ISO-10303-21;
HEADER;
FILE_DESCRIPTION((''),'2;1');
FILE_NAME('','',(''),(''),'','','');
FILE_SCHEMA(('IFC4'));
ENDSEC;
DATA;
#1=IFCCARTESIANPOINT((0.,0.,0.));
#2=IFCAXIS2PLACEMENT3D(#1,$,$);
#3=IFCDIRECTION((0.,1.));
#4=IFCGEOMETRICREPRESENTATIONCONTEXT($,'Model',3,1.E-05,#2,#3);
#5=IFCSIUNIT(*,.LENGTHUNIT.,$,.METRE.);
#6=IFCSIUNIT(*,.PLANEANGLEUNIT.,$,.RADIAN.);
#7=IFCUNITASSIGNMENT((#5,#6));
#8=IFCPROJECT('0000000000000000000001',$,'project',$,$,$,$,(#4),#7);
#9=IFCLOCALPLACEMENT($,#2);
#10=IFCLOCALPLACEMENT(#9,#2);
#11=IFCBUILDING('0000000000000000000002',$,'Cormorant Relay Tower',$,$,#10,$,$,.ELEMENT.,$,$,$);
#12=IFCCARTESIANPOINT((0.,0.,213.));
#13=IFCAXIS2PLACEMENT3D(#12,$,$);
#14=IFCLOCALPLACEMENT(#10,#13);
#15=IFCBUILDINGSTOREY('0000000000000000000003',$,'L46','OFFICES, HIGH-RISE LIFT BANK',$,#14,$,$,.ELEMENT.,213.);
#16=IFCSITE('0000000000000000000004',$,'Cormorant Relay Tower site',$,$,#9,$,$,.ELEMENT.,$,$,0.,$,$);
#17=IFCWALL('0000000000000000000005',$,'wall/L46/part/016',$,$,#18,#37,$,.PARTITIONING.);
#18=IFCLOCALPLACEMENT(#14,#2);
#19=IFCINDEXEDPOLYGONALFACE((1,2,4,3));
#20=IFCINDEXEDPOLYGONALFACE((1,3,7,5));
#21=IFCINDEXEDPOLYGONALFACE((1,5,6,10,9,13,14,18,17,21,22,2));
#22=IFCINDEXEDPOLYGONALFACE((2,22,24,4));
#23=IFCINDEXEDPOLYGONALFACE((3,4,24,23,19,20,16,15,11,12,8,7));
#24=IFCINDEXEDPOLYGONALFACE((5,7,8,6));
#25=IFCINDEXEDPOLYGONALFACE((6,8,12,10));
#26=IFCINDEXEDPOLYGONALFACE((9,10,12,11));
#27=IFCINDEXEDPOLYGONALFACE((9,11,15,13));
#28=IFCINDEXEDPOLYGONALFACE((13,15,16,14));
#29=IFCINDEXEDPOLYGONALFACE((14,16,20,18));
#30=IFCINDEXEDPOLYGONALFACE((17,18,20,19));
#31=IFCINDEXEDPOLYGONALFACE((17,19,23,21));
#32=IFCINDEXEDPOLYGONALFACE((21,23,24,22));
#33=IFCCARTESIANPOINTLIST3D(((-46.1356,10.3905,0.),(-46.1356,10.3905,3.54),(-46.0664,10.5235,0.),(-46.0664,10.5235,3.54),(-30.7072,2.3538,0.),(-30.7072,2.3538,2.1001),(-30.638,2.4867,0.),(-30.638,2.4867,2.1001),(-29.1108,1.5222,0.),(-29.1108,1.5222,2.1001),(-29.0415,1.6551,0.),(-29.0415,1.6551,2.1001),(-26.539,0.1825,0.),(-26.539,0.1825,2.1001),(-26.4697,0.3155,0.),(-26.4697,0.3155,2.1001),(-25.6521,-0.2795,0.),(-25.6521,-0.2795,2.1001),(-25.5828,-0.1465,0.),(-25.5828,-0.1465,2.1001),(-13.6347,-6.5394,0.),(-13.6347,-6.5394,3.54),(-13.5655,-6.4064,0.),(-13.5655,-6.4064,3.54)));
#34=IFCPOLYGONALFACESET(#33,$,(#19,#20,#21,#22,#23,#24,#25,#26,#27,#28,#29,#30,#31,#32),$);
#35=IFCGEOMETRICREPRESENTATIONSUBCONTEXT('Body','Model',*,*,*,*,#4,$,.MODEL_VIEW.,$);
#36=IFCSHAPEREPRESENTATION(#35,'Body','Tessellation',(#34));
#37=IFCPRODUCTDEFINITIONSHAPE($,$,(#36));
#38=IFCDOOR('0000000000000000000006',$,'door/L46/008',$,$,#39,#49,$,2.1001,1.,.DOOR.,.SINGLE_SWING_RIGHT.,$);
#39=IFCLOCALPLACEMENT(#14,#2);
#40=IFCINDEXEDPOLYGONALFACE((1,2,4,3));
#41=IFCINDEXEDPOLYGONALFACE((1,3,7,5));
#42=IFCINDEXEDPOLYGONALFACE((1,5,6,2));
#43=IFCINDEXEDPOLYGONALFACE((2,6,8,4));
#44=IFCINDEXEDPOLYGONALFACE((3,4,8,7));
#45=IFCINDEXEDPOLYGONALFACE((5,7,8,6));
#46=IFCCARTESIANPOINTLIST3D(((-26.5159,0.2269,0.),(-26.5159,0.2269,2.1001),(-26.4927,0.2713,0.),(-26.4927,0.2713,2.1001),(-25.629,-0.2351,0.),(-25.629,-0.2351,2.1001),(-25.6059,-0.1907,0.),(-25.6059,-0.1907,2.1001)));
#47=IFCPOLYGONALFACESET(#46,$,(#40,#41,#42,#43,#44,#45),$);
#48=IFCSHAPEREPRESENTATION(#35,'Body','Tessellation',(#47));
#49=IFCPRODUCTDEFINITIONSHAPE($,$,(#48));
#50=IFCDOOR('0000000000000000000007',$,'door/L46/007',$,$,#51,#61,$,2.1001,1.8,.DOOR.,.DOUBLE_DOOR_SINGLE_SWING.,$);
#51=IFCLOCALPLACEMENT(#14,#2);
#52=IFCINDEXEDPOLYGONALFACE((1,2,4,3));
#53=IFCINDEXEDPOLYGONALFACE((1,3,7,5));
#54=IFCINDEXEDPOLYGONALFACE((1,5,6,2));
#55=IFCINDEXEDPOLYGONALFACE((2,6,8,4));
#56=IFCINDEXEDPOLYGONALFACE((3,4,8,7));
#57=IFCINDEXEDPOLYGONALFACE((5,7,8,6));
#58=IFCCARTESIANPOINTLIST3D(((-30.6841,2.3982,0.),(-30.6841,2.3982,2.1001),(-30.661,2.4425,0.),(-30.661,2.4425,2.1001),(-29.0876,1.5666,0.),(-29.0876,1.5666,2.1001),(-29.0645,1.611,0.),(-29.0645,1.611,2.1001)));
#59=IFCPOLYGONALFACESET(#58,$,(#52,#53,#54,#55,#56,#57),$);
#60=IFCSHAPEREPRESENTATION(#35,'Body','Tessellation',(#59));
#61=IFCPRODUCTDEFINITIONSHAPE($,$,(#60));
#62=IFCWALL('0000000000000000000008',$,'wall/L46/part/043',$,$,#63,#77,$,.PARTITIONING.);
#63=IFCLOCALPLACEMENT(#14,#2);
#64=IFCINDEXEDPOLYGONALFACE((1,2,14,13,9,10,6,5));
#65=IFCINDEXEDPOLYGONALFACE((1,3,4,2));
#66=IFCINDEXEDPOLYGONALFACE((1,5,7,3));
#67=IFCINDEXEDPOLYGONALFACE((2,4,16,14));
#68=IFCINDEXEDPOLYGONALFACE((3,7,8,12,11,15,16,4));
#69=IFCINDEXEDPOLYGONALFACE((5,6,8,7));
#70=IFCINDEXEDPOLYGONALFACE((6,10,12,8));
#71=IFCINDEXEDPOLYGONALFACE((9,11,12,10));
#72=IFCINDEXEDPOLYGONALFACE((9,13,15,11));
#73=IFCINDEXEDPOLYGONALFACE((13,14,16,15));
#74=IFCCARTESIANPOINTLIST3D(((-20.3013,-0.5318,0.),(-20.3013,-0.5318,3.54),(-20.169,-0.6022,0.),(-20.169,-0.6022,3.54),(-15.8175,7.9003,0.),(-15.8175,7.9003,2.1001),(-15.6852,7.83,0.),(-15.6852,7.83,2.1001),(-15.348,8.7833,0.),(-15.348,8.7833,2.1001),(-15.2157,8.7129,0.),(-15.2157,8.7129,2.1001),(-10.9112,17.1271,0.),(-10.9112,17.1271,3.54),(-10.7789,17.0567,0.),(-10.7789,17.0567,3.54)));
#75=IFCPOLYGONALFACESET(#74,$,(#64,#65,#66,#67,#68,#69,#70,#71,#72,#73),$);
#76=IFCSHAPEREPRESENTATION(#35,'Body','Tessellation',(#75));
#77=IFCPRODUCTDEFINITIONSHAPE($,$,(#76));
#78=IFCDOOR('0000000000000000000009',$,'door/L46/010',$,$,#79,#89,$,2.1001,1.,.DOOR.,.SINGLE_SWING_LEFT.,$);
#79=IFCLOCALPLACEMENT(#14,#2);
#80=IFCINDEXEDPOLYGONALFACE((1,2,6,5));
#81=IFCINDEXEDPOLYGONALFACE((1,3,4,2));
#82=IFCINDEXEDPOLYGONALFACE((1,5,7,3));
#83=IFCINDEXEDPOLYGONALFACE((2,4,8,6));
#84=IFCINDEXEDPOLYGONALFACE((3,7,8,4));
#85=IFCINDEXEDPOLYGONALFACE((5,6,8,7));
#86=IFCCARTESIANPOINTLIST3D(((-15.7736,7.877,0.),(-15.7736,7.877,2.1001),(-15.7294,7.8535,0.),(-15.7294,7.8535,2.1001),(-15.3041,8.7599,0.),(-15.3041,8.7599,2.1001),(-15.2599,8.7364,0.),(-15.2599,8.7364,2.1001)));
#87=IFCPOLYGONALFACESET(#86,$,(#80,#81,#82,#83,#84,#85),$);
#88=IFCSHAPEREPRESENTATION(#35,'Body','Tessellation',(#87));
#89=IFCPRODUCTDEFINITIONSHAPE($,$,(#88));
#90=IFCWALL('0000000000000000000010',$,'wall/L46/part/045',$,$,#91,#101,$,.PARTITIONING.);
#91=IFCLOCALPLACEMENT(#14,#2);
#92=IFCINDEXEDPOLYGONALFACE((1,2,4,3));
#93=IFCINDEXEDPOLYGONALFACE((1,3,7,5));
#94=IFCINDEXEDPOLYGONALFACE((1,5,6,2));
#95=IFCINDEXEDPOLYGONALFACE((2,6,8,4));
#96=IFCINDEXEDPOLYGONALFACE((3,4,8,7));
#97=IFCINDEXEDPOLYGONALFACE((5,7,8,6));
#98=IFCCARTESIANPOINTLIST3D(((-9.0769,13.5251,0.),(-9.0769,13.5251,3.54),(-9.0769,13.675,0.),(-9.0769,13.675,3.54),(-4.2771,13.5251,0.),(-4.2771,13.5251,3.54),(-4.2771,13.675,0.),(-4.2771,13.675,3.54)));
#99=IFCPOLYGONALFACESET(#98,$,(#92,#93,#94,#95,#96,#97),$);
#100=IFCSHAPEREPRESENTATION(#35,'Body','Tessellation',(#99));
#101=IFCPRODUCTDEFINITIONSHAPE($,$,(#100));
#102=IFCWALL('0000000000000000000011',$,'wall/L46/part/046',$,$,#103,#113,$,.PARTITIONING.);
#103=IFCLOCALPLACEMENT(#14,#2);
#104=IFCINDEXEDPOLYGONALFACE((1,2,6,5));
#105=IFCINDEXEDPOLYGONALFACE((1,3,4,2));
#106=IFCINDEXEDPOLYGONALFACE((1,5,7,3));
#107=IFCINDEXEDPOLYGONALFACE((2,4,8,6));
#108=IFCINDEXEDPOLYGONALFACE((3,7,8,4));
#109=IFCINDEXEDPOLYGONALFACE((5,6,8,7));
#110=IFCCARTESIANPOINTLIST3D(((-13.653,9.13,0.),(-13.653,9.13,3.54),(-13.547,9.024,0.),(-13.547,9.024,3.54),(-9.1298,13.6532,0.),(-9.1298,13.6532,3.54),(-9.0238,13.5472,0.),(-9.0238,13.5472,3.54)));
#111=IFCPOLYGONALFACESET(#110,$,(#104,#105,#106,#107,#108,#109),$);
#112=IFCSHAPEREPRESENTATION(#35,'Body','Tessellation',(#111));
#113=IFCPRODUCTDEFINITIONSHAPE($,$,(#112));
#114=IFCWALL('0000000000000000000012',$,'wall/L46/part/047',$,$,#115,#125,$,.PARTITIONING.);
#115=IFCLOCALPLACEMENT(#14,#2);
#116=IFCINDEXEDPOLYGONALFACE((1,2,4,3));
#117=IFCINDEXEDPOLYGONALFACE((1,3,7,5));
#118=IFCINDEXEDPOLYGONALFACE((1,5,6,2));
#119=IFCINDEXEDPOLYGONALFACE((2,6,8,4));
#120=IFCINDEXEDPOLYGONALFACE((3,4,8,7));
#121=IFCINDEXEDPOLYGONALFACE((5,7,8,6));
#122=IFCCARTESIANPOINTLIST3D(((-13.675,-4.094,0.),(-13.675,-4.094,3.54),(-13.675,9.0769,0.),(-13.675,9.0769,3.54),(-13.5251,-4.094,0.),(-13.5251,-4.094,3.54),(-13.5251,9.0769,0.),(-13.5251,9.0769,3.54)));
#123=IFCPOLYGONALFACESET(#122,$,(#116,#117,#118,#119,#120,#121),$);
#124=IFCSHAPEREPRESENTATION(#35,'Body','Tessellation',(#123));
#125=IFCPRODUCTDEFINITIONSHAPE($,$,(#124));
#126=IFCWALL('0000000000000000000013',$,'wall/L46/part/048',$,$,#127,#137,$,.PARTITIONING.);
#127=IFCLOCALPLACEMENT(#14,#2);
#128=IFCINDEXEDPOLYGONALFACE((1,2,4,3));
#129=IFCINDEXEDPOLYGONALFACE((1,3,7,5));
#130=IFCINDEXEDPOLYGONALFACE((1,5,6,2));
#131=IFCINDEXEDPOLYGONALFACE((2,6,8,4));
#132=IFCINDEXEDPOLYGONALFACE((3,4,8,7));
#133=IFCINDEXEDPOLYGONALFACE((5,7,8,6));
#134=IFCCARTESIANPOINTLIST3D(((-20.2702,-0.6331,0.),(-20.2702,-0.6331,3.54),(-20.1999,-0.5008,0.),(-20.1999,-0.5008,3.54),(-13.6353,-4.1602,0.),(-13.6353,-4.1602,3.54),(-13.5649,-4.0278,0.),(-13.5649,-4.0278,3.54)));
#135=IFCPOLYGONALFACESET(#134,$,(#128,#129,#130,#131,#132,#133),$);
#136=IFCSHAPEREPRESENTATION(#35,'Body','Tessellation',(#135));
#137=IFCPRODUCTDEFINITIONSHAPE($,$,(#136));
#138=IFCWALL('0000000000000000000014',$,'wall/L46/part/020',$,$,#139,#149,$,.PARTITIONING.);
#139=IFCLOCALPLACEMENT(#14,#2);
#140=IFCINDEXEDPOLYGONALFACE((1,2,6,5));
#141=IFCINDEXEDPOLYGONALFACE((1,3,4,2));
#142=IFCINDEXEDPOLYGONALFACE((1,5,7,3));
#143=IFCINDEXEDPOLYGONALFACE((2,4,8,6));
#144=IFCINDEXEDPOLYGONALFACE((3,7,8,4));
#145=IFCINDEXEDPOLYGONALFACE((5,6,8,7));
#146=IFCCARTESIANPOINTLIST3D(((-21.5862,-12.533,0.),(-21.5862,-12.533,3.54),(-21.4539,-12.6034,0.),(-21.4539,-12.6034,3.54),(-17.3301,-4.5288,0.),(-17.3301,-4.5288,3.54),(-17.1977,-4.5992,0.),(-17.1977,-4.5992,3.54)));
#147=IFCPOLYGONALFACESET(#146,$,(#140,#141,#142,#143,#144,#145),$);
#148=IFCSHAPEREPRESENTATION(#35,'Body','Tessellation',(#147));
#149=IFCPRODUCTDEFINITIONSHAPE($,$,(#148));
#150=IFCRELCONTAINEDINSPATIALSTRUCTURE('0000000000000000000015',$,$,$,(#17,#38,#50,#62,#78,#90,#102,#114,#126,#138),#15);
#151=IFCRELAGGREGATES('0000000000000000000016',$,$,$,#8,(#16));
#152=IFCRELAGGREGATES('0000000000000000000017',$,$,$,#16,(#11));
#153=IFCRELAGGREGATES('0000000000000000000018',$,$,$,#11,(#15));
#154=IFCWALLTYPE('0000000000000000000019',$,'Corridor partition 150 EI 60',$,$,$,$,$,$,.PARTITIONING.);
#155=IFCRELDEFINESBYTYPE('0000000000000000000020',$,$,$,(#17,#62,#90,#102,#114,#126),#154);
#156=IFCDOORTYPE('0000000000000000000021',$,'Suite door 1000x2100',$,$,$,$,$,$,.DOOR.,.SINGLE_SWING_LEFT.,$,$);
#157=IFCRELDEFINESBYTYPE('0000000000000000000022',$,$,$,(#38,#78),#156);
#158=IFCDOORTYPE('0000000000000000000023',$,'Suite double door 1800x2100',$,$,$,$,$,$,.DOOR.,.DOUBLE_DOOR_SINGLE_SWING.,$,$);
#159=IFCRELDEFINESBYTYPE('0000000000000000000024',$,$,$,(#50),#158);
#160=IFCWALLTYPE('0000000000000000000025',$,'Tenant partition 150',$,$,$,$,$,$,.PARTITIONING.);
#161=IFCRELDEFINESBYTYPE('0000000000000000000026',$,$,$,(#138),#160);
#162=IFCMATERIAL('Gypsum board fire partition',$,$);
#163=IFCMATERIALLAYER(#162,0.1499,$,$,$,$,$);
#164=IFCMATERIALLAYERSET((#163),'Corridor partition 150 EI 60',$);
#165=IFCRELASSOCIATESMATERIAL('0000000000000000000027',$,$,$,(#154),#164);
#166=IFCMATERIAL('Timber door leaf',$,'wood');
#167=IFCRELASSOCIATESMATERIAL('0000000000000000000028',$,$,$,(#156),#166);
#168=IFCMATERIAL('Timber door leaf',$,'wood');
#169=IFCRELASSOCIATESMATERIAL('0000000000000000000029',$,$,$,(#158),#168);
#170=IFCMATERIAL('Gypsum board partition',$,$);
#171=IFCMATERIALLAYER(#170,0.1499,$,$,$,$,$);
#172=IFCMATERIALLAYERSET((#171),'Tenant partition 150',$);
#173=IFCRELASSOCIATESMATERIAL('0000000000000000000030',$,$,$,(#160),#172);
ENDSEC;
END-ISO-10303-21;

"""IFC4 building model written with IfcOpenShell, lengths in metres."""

from ifc_helpers import new_model, si_unit, direction, frame, frame_2d, origin, place, context, subcontext, project, spatial, rectangle, extrude, material, layer, layer_set, type_object, element, fill, save


model = new_model("IFC4")

# Units and contexts
model_context = context("Model", 3, precision=1e-05, world=origin(), true_north=direction((0.0, 1.0)))
body_context = subcontext(model_context, "Body", "Model", "MODEL_VIEW")
ifc_project = project(units=[si_unit("LENGTHUNIT", "METRE"), si_unit("PLANEANGLEUNIT", "RADIAN")], contexts=[model_context])

# Site, building, storey
site_placement = place(None, origin())
site = spatial("IfcSite", under=ifc_project, at=site_placement, Name="Cormorant Relay Tower site", CompositionType="ELEMENT", RefElevation=0.0)
building_placement = place(site_placement, origin())
building = spatial("IfcBuilding", under=site, at=building_placement, Name="Cormorant Relay Tower", CompositionType="ELEMENT")
storey_placement = place(building_placement, frame((0.0, 0.0, 213.0)))
storey = spatial("IfcBuildingStorey", under=building, at=storey_placement, Name="L46", Description="OFFICES, HIGH-RISE LIFT BANK", CompositionType="ELEMENT", Elevation=213.0)

# Wall, openings, doors
ifc_material_1 = material(Name="Gypsum board fire partition")
ifc_layer_1 = layer(ifc_material_1, 0.1499)
ifc_layer_set_1 = layer_set([ifc_layer_1], Name="Corridor partition 150 EI 60")
wall_type_1 = type_object("IfcWallType", Name="Corridor partition 150 EI 60", PredefinedType="PARTITIONING", material=ifc_layer_set_1)
wall_1_placement = place(storey_placement, frame((-13.6001, -6.4729, 0.0), z_axis=(0.0, 0.0, 1.0), x_axis=(-0.886888, 0.461985, 0.0)))
wall_1 = element("IfcWall", 1, at=wall_1_placement, inside=storey, type_object=wall_type_1, Name="wall/L46/part/016", PredefinedType="PARTITIONING", context=body_context, shape_type="SweptSolid", body=[
    extrude(rectangle(XDim=36.646, YDim=0.1499, at=frame_2d((18.323, 0.0))), origin(), (0.0, 0.0, 1.0), 3.54),
])
opening_1_placement = place(wall_1_placement, frame((17.45, 0.0, 0.0)))
opening_1 = element("IfcOpeningElement", 2, at=opening_1_placement, cuts=wall_1, PredefinedType="OPENING", context=body_context, shape_type="SweptSolid", body=[
    extrude(rectangle(XDim=1.8, YDim=2.1001, at=frame_2d((0.8999, 1.05))), frame((0.0, 0.085, 0.0), z_axis=(0.0, -1.0, 0.0), x_axis=(1.0, 0.0, 0.0)), (0.0, 0.0, 1.0), 0.1699),
])
opening_2_placement = place(wall_1_placement, frame((13.55, 0.0, 0.0)))
opening_2 = element("IfcOpeningElement", 3, at=opening_2_placement, cuts=wall_1, PredefinedType="OPENING", context=body_context, shape_type="SweptSolid", body=[
    extrude(rectangle(XDim=1.0, YDim=2.1001, at=frame_2d((0.5, 1.05))), frame((0.0, 0.085, 0.0), z_axis=(0.0, -1.0, 0.0), x_axis=(1.0, 0.0, 0.0)), (0.0, 0.0, 1.0), 0.1699),
])
ifc_material_2 = material(Name="Timber door leaf", Category="wood")
door_type_1 = type_object("IfcDoorType", Name="Suite door 1000x2100", OperationType="SINGLE_SWING_LEFT", PredefinedType="DOOR", material=ifc_material_2)
door_1_placement = place(opening_2_placement, origin())
door_1 = element("IfcDoor", 4, at=door_1_placement, inside=storey, type_object=door_type_1, Name="door/L46/008", OperationType="SINGLE_SWING_RIGHT", OverallHeight=2.1001, OverallWidth=1.0, PredefinedType="DOOR", context=body_context, shape_type="SweptSolid", body=[
    extrude(rectangle(XDim=1.0, YDim=2.1001, at=frame_2d((0.5, 1.05))), frame((0.0, 0.0249, 0.0), z_axis=(0.0, -1.0, 0.0), x_axis=(1.0, 0.0, 0.0)), (0.0, 0.0, 1.0), 0.05),
])
fill(opening_2, door_1)
ifc_material_3 = material(Name="Timber door leaf", Category="wood")
door_type_2 = type_object("IfcDoorType", Name="Suite double door 1800x2100", OperationType="DOUBLE_DOOR_SINGLE_SWING", PredefinedType="DOOR", material=ifc_material_3)
door_2_placement = place(opening_1_placement, origin())
door_2 = element("IfcDoor", 5, at=door_2_placement, inside=storey, type_object=door_type_2, Name="door/L46/007", OperationType="DOUBLE_DOOR_SINGLE_SWING", OverallHeight=2.1001, OverallWidth=1.8, PredefinedType="DOOR", context=body_context, shape_type="SweptSolid", body=[
    extrude(rectangle(XDim=1.8, YDim=2.1001, at=frame_2d((0.8999, 1.05))), frame((0.0, 0.0249, 0.0), z_axis=(0.0, -1.0, 0.0), x_axis=(1.0, 0.0, 0.0)), (0.0, 0.0, 1.0), 0.05),
])
fill(opening_1, door_2)

# Wall, opening, door
wall_2_placement = place(storey_placement, frame((-20.2351, -0.5669, 0.0), z_axis=(0.0, 0.0, 1.0), x_axis=(0.469499, 0.882933, 0.0)))
wall_2 = element("IfcWall", 6, at=wall_2_placement, inside=storey, type_object=wall_type_1, Name="wall/L46/part/043", PredefinedType="PARTITIONING", context=body_context, shape_type="SweptSolid", body=[
    extrude(rectangle(XDim=20.0002, YDim=0.1499, at=frame_2d((10.0, 0.0))), origin(), (0.0, 0.0, 1.0), 3.54),
])
opening_3_placement = place(wall_2_placement, frame((9.55, 0.0, 0.0)))
opening_3 = element("IfcOpeningElement", 7, at=opening_3_placement, cuts=wall_2, PredefinedType="OPENING", context=body_context, shape_type="SweptSolid", body=[
    extrude(rectangle(XDim=1.0, YDim=2.1001, at=frame_2d((0.5, 1.05))), frame((0.0, 0.085, 0.0), z_axis=(0.0, -1.0, 0.0), x_axis=(1.0, 0.0, 0.0)), (0.0, 0.0, 1.0), 0.1699),
])
door_3_placement = place(opening_3_placement, frame((1.0, 0.0, 0.0), z_axis=(0.0, 0.0, 1.0), x_axis=(-1.0, 0.0, 0.0)))
door_3 = element("IfcDoor", 8, at=door_3_placement, inside=storey, type_object=door_type_1, Name="door/L46/010", OperationType="SINGLE_SWING_LEFT", OverallHeight=2.1001, OverallWidth=1.0, PredefinedType="DOOR", context=body_context, shape_type="SweptSolid", body=[
    extrude(rectangle(XDim=1.0, YDim=2.1001, at=frame_2d((0.5, 1.05))), frame((0.0, 0.0249, 0.0), z_axis=(0.0, -1.0, 0.0), x_axis=(1.0, 0.0, 0.0)), (0.0, 0.0, 1.0), 0.05),
])
fill(opening_3, door_3)

# Walls
wall_3_placement = place(storey_placement, frame((-4.2771, 13.6001, 0.0), z_axis=(0.0, 0.0, 1.0), x_axis=(-1.0, 0.0, 0.0)))
element("IfcWall", 9, at=wall_3_placement, inside=storey, type_object=wall_type_1, Name="wall/L46/part/045", PredefinedType="PARTITIONING", context=body_context, shape_type="SweptSolid", body=[
    extrude(rectangle(XDim=4.7998, YDim=0.1499, at=frame_2d((2.3999, 0.0))), origin(), (0.0, 0.0, 1.0), 3.54),
])
wall_4_placement = place(storey_placement, frame((-9.0769, 13.6001, 0.0), z_axis=(0.0, 0.0, 1.0), x_axis=(-0.707107, -0.707107, 0.0)))
element("IfcWall", 10, at=wall_4_placement, inside=storey, type_object=wall_type_1, Name="wall/L46/part/046", PredefinedType="PARTITIONING", context=body_context, shape_type="SweptSolid", body=[
    extrude(rectangle(XDim=6.3967, YDim=0.1499, at=frame_2d((3.1982, 0.0))), origin(), (0.0, 0.0, 1.0), 3.54),
])
wall_5_placement = place(storey_placement, frame((-13.6001, 9.0769, 0.0), z_axis=(0.0, 0.0, 1.0), x_axis=(0.0, -1.0, 0.0)))
element("IfcWall", 11, at=wall_5_placement, inside=storey, type_object=wall_type_1, Name="wall/L46/part/047", PredefinedType="PARTITIONING", context=body_context, shape_type="SweptSolid", body=[
    extrude(rectangle(XDim=13.1709, YDim=0.1499, at=frame_2d((6.5854, 0.0))), origin(), (0.0, 0.0, 1.0), 3.54),
])
wall_6_placement = place(storey_placement, frame((-13.6001, -4.094, 0.0), z_axis=(0.0, 0.0, 1.0), x_axis=(-0.882992, 0.469389, 0.0)))
element("IfcWall", 12, at=wall_6_placement, inside=storey, type_object=wall_type_1, Name="wall/L46/part/048", PredefinedType="PARTITIONING", context=body_context, shape_type="SweptSolid", body=[
    extrude(rectangle(XDim=7.5142, YDim=0.1499, at=frame_2d((3.7571, 0.0))), origin(), (0.0, 0.0, 1.0), 3.54),
])
ifc_material_4 = material(Name="Gypsum board partition")
ifc_layer_2 = layer(ifc_material_4, 0.1499)
ifc_layer_set_2 = layer_set([ifc_layer_2], Name="Tenant partition 150")
wall_type_2 = type_object("IfcWallType", Name="Tenant partition 150", PredefinedType="PARTITIONING", material=ifc_layer_set_2)
wall_7_placement = place(storey_placement, frame((-17.2639, -4.564, 0.0), z_axis=(0.0, 0.0, 1.0), x_axis=(-0.469491, -0.882937, 0.0)))
element("IfcWall", 13, at=wall_7_placement, inside=storey, type_object=wall_type_2, Name="wall/L46/part/020", PredefinedType="PARTITIONING", context=body_context, shape_type="SweptSolid", body=[
    extrude(rectangle(XDim=9.0654, YDim=0.1499, at=frame_2d((4.5327, 0.0))), origin(), (0.0, 0.0, 1.0), 3.54),
])

save(model, "model.ifc")
